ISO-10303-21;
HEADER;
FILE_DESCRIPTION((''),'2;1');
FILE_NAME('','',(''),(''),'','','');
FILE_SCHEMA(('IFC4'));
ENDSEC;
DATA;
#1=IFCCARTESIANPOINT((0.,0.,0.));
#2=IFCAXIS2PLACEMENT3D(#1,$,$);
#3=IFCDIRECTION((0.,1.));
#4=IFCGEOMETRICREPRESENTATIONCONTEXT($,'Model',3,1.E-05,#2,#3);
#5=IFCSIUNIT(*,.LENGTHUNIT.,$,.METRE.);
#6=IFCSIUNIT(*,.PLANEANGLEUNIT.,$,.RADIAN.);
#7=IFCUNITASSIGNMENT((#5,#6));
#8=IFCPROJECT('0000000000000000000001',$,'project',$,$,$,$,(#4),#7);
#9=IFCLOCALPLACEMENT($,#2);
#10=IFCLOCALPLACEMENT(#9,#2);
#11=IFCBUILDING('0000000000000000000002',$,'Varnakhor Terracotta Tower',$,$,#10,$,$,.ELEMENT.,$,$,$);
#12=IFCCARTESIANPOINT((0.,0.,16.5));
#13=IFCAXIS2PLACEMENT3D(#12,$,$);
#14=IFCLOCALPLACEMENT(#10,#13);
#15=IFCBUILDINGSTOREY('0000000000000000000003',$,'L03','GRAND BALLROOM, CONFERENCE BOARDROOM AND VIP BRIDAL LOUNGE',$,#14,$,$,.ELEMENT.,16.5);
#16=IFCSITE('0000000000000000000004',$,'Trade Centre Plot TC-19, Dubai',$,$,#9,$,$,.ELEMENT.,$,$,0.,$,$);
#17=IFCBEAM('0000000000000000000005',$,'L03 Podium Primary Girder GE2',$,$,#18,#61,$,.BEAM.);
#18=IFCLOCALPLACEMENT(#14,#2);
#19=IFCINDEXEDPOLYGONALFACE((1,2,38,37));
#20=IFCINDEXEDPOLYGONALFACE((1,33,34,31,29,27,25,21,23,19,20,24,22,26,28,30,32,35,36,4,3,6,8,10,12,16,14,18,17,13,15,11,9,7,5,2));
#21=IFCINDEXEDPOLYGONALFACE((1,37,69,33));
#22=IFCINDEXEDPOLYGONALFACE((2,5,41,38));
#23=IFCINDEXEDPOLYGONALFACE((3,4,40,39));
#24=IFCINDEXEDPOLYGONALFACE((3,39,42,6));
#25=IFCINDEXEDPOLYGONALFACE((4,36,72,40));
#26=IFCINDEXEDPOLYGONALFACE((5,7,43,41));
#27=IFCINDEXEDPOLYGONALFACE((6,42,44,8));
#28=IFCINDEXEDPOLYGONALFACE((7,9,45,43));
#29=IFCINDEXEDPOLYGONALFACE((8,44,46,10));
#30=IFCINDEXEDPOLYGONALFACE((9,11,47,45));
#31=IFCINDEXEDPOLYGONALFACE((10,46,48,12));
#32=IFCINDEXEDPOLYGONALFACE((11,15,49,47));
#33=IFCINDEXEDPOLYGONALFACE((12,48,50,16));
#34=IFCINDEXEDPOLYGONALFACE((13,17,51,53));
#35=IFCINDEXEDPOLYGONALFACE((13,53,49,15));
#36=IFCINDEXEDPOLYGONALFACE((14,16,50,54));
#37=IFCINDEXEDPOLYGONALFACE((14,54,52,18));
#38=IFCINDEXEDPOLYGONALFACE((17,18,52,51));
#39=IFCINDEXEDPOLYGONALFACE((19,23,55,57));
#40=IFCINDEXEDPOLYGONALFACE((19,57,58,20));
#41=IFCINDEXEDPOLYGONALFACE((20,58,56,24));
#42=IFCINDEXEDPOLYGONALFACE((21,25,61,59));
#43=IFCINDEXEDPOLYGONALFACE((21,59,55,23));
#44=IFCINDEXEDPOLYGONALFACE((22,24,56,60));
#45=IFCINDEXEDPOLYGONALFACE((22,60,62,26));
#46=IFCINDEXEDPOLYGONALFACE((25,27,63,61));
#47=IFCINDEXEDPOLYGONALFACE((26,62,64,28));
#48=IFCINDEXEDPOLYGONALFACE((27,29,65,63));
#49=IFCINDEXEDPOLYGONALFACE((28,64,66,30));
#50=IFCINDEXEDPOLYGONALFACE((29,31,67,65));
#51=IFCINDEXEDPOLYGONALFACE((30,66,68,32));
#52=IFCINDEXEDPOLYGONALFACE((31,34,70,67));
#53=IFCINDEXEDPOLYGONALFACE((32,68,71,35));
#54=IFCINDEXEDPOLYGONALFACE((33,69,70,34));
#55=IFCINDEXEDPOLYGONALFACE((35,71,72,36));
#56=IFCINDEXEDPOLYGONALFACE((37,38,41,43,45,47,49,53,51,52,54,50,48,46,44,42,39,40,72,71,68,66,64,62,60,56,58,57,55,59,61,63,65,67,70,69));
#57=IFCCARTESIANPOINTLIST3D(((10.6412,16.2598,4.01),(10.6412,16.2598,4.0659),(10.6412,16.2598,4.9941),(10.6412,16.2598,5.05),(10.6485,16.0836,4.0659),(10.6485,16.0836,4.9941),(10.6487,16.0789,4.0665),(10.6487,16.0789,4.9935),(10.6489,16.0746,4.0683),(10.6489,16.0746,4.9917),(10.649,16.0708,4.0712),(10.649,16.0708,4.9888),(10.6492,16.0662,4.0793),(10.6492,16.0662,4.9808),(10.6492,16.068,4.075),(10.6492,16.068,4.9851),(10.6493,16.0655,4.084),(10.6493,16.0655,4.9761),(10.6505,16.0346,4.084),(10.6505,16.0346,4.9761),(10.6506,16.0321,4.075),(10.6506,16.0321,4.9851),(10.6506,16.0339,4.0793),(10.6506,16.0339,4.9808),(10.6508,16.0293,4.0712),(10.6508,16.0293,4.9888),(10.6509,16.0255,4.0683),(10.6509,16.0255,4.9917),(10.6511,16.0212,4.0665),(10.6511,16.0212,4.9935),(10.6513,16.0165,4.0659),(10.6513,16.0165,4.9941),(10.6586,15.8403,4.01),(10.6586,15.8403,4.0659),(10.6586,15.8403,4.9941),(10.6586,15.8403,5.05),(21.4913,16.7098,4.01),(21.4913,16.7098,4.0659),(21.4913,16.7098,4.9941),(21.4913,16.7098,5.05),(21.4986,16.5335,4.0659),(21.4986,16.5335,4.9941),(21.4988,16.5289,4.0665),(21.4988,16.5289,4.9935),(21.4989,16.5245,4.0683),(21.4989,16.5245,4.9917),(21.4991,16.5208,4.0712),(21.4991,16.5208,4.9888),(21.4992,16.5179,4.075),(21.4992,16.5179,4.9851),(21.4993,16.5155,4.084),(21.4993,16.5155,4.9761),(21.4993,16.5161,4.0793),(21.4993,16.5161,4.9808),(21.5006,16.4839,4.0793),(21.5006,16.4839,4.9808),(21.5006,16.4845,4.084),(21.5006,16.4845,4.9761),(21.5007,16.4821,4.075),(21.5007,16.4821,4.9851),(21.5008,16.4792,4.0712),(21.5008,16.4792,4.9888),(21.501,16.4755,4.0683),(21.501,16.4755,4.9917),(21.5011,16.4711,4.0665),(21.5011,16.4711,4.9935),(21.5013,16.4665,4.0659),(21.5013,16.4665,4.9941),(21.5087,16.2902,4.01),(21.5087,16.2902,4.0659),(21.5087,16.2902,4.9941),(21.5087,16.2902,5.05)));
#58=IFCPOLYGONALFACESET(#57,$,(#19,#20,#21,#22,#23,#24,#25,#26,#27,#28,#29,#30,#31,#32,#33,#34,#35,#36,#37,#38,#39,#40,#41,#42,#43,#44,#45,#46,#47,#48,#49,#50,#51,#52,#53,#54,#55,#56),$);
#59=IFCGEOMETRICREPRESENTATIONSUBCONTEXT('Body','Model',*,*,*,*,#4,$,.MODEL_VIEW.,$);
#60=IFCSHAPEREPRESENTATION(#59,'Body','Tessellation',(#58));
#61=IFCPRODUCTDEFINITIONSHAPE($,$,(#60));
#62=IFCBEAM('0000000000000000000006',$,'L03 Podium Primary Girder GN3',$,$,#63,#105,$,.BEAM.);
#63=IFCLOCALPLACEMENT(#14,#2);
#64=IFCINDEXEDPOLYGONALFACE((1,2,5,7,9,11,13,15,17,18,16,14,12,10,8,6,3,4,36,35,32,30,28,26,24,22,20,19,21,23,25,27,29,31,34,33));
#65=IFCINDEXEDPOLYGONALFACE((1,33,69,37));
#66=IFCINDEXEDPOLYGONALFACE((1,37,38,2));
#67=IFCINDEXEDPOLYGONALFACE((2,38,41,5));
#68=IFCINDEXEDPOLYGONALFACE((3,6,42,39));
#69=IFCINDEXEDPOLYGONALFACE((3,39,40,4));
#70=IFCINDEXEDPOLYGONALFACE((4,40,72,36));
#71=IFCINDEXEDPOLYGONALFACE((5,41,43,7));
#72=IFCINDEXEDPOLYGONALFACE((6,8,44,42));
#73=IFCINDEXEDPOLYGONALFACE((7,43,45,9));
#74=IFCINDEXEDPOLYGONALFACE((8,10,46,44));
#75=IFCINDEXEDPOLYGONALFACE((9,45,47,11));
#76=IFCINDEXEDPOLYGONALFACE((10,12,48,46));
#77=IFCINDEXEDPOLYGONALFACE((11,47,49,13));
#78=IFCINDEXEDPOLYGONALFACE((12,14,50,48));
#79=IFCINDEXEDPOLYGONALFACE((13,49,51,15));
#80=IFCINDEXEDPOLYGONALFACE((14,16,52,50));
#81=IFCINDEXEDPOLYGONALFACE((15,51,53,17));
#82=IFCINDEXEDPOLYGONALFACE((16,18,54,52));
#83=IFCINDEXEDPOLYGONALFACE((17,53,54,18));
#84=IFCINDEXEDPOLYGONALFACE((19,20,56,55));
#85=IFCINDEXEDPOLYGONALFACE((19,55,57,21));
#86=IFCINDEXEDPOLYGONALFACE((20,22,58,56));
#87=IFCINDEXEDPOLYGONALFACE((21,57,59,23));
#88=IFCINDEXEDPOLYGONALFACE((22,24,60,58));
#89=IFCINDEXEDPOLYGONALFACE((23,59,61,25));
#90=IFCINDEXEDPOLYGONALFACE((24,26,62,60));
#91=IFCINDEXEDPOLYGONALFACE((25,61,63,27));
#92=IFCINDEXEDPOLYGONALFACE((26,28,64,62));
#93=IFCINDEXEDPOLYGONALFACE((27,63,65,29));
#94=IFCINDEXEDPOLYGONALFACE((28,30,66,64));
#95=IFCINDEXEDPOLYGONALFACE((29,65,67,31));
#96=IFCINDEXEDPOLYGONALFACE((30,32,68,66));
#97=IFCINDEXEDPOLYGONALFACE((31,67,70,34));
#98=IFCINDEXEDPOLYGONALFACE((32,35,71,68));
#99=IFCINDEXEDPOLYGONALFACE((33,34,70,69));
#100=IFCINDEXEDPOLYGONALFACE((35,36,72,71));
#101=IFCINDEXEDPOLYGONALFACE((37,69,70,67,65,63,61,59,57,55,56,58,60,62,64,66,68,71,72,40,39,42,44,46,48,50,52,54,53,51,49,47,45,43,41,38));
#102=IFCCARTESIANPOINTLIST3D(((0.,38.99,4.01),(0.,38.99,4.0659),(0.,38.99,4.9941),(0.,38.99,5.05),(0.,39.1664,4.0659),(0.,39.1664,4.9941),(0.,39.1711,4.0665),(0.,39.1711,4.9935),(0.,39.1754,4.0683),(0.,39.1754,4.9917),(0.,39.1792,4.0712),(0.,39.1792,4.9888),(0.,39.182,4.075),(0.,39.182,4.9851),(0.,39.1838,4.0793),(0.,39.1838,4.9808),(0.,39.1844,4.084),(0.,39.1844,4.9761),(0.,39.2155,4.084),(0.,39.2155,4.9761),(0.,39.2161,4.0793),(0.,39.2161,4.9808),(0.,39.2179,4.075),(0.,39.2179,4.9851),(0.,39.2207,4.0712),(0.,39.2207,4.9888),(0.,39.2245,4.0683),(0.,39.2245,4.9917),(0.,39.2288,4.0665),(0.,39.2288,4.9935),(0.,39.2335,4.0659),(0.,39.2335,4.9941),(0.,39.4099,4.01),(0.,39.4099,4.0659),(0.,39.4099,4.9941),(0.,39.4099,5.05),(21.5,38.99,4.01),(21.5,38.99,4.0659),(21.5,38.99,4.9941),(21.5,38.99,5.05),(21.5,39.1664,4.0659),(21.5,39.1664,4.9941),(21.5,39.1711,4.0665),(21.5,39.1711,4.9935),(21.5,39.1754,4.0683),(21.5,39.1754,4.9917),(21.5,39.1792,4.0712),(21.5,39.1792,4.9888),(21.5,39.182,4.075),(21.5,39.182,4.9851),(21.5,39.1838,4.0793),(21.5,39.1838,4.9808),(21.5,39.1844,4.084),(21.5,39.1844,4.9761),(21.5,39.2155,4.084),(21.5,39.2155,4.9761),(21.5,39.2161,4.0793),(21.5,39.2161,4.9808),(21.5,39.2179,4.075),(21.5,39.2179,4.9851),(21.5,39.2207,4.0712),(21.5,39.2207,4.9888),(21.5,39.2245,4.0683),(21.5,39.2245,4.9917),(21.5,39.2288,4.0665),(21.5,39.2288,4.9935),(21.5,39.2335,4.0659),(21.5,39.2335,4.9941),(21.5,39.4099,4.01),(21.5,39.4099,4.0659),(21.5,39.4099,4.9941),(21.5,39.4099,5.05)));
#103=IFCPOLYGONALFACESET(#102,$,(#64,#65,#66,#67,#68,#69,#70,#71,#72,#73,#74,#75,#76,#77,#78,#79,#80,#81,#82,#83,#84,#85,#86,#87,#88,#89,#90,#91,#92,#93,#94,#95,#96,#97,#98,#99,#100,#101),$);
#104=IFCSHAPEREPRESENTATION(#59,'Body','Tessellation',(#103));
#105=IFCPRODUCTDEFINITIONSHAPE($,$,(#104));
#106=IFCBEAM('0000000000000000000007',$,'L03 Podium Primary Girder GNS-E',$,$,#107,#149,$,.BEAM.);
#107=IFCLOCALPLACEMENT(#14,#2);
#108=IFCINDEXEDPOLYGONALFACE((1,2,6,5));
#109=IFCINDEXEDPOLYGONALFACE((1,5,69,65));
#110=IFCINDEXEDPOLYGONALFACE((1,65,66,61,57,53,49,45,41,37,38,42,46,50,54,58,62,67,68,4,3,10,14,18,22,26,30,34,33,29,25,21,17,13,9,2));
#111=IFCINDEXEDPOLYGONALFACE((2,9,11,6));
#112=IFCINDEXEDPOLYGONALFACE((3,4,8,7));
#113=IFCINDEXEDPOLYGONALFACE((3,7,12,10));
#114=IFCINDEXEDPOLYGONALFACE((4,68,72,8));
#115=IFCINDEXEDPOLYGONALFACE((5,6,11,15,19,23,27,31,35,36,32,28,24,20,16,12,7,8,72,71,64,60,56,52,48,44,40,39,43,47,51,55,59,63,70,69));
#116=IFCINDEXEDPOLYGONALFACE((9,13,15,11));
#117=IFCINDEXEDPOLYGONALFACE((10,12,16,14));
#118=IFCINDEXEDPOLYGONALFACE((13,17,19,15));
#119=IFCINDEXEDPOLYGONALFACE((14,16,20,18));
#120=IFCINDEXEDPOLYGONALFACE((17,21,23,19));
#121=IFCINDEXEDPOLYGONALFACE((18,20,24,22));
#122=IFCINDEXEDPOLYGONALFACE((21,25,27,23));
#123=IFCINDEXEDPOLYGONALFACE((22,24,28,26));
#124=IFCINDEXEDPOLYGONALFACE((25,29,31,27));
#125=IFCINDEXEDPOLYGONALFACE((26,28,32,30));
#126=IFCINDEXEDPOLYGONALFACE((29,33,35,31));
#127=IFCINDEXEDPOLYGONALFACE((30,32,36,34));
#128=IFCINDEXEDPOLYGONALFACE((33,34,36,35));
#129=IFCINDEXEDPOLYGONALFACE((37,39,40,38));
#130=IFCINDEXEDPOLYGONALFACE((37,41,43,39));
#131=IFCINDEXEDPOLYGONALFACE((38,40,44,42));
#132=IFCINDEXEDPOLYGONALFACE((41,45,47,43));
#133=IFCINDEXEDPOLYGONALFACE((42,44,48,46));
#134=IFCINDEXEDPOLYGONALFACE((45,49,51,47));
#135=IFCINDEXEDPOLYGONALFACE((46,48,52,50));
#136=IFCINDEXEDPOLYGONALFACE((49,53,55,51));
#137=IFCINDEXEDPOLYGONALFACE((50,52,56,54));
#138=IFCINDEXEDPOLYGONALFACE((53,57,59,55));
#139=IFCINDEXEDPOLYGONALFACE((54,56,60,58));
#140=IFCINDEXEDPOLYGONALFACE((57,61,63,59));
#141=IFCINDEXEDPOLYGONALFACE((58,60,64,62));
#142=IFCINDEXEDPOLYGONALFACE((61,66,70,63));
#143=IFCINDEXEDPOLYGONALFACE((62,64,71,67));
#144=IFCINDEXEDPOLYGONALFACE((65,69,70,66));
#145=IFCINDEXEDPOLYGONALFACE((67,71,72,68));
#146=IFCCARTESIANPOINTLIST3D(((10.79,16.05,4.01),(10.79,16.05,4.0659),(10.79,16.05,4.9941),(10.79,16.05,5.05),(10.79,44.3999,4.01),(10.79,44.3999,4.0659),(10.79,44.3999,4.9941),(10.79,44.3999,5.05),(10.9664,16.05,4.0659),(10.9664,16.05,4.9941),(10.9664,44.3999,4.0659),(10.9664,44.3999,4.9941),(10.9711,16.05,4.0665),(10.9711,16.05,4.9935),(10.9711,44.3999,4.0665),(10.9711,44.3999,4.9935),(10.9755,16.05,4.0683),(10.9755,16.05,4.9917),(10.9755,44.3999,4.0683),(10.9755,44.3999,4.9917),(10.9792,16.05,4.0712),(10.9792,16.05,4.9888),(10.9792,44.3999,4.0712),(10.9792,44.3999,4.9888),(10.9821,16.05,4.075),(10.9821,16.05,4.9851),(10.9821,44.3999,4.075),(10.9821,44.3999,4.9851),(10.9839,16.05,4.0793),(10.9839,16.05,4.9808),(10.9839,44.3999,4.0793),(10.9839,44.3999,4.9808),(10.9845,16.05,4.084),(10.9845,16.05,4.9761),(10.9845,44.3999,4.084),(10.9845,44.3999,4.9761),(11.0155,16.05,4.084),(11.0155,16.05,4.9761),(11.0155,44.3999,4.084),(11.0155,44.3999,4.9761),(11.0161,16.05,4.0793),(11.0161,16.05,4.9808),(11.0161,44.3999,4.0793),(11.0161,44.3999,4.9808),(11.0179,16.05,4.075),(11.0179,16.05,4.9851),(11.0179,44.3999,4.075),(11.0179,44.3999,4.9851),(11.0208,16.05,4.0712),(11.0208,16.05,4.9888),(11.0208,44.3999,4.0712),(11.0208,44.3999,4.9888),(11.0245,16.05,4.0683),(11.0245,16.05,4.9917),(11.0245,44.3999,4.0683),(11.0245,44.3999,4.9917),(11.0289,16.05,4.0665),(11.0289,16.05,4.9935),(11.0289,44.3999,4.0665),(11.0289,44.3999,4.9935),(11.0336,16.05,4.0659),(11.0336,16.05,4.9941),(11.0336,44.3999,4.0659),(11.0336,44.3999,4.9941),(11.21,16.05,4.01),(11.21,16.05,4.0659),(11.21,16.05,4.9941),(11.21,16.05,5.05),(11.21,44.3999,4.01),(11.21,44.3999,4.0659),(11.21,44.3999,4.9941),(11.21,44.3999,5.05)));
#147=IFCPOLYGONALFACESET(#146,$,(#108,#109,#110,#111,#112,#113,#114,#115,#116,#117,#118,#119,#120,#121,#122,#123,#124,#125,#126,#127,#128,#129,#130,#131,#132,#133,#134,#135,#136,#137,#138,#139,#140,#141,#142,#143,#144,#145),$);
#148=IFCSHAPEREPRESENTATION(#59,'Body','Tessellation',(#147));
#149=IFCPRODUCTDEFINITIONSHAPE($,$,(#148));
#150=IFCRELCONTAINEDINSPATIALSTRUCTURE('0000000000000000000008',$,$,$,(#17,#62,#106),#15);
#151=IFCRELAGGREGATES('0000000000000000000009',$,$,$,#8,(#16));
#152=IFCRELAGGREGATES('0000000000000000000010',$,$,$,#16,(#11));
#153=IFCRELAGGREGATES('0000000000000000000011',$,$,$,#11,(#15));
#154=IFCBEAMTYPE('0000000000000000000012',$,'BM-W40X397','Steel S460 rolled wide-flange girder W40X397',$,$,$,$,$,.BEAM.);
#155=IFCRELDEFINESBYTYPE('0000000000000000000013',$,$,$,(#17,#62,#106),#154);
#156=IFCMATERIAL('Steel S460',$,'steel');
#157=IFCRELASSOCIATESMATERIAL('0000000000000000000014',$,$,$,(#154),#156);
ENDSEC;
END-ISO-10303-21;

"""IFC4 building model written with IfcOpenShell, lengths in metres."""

from ifc_helpers import new_model, si_unit, direction, frame, origin, origin_2d, place, context, subcontext, project, spatial, i_section, extrude, source, transform, mapped, material, material_profile, profile_set, type_object, element, save


model = new_model("IFC4")

# Units and contexts
model_context = context("Model", 3, precision=1e-05, world=origin(), true_north=direction((0.0, 1.0)))
body_context = subcontext(model_context, "Body", "Model", "MODEL_VIEW")
ifc_project = project(units=[si_unit("LENGTHUNIT", "METRE"), si_unit("PLANEANGLEUNIT", "RADIAN")], contexts=[model_context])

# Site, building, storey
site_placement = place(None, origin())
site = spatial("IfcSite", under=ifc_project, at=site_placement, Name="Trade Centre Plot TC-19, Dubai", CompositionType="ELEMENT", RefElevation=0.0)
building_placement = place(site_placement, origin())
building = spatial("IfcBuilding", under=site, at=building_placement, Name="Varnakhor Terracotta Tower", CompositionType="ELEMENT")
storey_placement = place(building_placement, frame((0.0, 0.0, 16.5)))
storey = spatial("IfcBuildingStorey", under=building, at=storey_placement, Name="L03", Description="GRAND BALLROOM, CONFERENCE BOARDROOM AND VIP BRIDAL LOUNGE", CompositionType="ELEMENT", Elevation=16.5)

# Shared definitions
ifc_material_1 = material(Name="Steel S460", Category="steel")

# Beams
ifc_material_profile_1 = material_profile(ifc_material_1, i_section(OverallWidth=0.4199, OverallDepth=1.04, WebThickness=0.031, FlangeThickness=0.0559, FilletRadius=0.0181, at=origin_2d()), Name="W40X397")
ifc_profile_set_1 = profile_set([ifc_material_profile_1], Name="Steel S460")
beam_type_1 = type_object("IfcBeamType", Name="BM-W40X397", Description="Steel S460 rolled wide-flange girder W40X397", PredefinedType="BEAM", material=ifc_profile_set_1)
shared_shape_1 = source(origin(), body_context, "Body", "SweptSolid", [
    extrude(i_section(OverallWidth=0.4199, OverallDepth=1.04, WebThickness=0.031, FlangeThickness=0.0559, FilletRadius=0.0181, at=origin_2d()), origin(), (0.0, 0.0, 1.0), 10.8594),
])
beam_1_placement = place(storey_placement, frame((10.6499, 16.05, 4.53), z_axis=(0.999141, 0.041434, 0.0), x_axis=(-0.041434, 0.999141, 0.0)))
element("IfcBeam", 1, at=beam_1_placement, inside=storey, type_object=beam_type_1, Name="L03 Podium Primary Girder GE2", PredefinedType="BEAM", context=body_context, shape_type="MappedRepresentation", body=[
    mapped(shared_shape_1, transform((0.0, 0.0, 0.0), scale=1.0)),
])
shared_shape_2 = source(origin(), body_context, "Body", "SweptSolid", [
    extrude(i_section(OverallWidth=0.4199, OverallDepth=1.04, WebThickness=0.031, FlangeThickness=0.0559, FilletRadius=0.0181, at=origin_2d()), origin(), (0.0, 0.0, 1.0), 21.5),
])
beam_2_placement = place(storey_placement, frame((0.0, 39.2, 4.53), z_axis=(1.0, 0.0, 0.0), x_axis=(0.0, 1.0, 0.0)))
element("IfcBeam", 2, at=beam_2_placement, inside=storey, type_object=beam_type_1, Name="L03 Podium Primary Girder GN3", PredefinedType="BEAM", context=body_context, shape_type="MappedRepresentation", body=[
    mapped(shared_shape_2, transform((0.0, 0.0, 0.0), scale=1.0)),
])
shared_shape_3 = source(origin(), body_context, "Body", "SweptSolid", [
    extrude(i_section(OverallWidth=0.4199, OverallDepth=1.04, WebThickness=0.031, FlangeThickness=0.0559, FilletRadius=0.0181, at=origin_2d()), origin(), (0.0, 0.0, 1.0), 28.3499),
])
beam_3_placement = place(storey_placement, frame((11.0, 16.05, 4.53), z_axis=(0.0, 1.0, 0.0), x_axis=(-1.0, 0.0, 0.0)))
element("IfcBeam", 3, at=beam_3_placement, inside=storey, type_object=beam_type_1, Name="L03 Podium Primary Girder GNS-E", PredefinedType="BEAM", context=body_context, shape_type="MappedRepresentation", body=[
    mapped(shared_shape_3, transform((0.0, 0.0, 0.0), scale=1.0)),
])

save(model, "model.ifc")
